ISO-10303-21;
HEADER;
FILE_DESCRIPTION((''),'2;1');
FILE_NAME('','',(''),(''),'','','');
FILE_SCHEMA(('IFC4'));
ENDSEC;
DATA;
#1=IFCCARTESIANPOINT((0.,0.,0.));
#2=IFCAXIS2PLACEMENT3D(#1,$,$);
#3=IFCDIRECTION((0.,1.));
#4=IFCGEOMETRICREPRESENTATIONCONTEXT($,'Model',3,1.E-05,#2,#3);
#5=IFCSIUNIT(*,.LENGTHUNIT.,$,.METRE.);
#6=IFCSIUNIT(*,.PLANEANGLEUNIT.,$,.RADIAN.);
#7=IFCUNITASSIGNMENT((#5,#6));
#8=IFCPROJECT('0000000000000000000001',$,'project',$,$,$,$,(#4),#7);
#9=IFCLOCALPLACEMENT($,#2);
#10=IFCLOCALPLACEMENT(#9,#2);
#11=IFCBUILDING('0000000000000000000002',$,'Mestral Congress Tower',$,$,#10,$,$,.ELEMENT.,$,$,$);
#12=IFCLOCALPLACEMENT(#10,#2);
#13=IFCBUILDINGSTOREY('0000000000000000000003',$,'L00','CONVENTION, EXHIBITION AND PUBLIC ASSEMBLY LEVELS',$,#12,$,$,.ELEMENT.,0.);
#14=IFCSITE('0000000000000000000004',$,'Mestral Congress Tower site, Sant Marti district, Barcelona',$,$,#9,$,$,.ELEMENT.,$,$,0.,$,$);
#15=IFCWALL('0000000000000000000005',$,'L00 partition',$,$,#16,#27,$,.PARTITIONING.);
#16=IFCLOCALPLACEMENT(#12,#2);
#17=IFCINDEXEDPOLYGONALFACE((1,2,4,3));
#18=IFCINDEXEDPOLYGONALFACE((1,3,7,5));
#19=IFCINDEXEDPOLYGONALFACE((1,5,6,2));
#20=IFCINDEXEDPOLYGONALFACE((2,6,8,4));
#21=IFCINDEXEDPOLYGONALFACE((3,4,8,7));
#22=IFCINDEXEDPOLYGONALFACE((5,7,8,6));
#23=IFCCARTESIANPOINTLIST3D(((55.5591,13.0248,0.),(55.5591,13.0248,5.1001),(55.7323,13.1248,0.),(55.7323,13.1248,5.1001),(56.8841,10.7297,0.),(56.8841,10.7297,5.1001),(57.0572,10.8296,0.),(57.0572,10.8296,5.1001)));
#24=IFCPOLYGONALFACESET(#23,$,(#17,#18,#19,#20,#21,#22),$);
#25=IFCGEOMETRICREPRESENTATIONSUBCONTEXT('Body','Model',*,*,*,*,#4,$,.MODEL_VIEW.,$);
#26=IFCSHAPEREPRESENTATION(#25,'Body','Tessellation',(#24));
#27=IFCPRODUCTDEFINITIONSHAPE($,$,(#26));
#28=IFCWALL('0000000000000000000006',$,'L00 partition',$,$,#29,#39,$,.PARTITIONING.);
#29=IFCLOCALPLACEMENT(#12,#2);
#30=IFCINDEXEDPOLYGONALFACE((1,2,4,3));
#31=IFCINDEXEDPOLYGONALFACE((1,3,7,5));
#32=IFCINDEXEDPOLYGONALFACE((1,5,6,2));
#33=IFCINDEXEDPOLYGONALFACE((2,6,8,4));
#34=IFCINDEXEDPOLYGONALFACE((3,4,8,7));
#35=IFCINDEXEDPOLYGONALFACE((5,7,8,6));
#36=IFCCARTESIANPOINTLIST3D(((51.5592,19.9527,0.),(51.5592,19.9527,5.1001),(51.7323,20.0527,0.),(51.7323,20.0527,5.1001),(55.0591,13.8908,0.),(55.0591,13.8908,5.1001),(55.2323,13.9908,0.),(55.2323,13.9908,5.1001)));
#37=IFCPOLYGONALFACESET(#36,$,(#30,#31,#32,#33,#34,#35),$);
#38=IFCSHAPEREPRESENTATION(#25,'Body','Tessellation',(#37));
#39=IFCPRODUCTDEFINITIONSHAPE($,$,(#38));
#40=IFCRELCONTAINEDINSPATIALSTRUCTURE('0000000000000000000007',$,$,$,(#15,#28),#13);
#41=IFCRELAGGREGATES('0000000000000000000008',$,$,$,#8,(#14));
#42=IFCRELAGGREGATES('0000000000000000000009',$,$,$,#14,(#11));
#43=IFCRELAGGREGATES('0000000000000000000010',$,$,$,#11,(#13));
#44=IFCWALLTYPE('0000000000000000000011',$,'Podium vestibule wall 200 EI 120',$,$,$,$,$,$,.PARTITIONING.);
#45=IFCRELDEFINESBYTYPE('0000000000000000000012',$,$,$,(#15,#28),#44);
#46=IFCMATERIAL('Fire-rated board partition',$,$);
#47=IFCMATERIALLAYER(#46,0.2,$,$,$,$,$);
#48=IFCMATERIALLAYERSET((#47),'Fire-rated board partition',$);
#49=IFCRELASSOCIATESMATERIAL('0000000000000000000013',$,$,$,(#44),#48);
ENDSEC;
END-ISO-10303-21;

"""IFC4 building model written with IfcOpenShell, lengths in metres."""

from ifc_helpers import new_model, si_unit, direction, frame, frame_2d, origin, place, context, subcontext, project, spatial, rectangle, extrude, material, layer, layer_set, type_object, element, save


model = new_model("IFC4")

# Units and contexts
model_context = context("Model", 3, precision=1e-05, world=origin(), true_north=direction((0.0, 1.0)))
body_context = subcontext(model_context, "Body", "Model", "MODEL_VIEW")
ifc_project = project(units=[si_unit("LENGTHUNIT", "METRE"), si_unit("PLANEANGLEUNIT", "RADIAN")], contexts=[model_context])

# Site, building, storey
site_placement = place(None, origin())
site = spatial("IfcSite", under=ifc_project, at=site_placement, Name="Mestral Congress Tower site, Sant Marti district, Barcelona", CompositionType="ELEMENT", RefElevation=0.0)
building_placement = place(site_placement, origin())
building = spatial("IfcBuilding", under=site, at=building_placement, Name="Mestral Congress Tower", CompositionType="ELEMENT")
storey_placement = place(building_placement, origin())
storey = spatial("IfcBuildingStorey", under=building, at=storey_placement, Name="L00", Description="CONVENTION, EXHIBITION AND PUBLIC ASSEMBLY LEVELS", CompositionType="ELEMENT", Elevation=0.0)

# Shared definitions
ifc_material_1 = material(Name="Fire-rated board partition")
ifc_layer = layer(ifc_material_1, 0.2)
ifc_layer_set = layer_set([ifc_layer], Name="Fire-rated board partition")
wall_type = type_object("IfcWallType", Name="Podium vestibule wall 200 EI 120", PredefinedType="PARTITIONING", material=ifc_layer_set)

# Walls
wall_1_placement = place(storey_placement, frame((56.9707, 10.7795, 0.0), z_axis=(0.0, 0.0, 1.0), x_axis=(-0.499954, 0.866052, 0.0)))
element("IfcWall", 1, at=wall_1_placement, inside=storey, type_object=wall_type, Name="L00 partition", PredefinedType="PARTITIONING", context=body_context, shape_type="SweptSolid", body=[
    extrude(rectangle(XDim=2.6501, YDim=0.2, at=frame_2d((1.3252, 0.0))), origin(), (0.0, 0.0, 1.0), 5.1001),
])
wall_2_placement = place(storey_placement, frame((55.1458, 13.9407, 0.0), z_axis=(0.0, 0.0, 1.0), x_axis=(-0.50001, 0.866019, 0.0)))
element("IfcWall", 2, at=wall_2_placement, inside=storey, type_object=wall_type, Name="L00 partition", PredefinedType="PARTITIONING", context=body_context, shape_type="SweptSolid", body=[
    extrude(rectangle(XDim=6.9998, YDim=0.2, at=frame_2d((3.5, 0.0))), origin(), (0.0, 0.0, 1.0), 5.1001),
])

save(model, "model.ifc")
